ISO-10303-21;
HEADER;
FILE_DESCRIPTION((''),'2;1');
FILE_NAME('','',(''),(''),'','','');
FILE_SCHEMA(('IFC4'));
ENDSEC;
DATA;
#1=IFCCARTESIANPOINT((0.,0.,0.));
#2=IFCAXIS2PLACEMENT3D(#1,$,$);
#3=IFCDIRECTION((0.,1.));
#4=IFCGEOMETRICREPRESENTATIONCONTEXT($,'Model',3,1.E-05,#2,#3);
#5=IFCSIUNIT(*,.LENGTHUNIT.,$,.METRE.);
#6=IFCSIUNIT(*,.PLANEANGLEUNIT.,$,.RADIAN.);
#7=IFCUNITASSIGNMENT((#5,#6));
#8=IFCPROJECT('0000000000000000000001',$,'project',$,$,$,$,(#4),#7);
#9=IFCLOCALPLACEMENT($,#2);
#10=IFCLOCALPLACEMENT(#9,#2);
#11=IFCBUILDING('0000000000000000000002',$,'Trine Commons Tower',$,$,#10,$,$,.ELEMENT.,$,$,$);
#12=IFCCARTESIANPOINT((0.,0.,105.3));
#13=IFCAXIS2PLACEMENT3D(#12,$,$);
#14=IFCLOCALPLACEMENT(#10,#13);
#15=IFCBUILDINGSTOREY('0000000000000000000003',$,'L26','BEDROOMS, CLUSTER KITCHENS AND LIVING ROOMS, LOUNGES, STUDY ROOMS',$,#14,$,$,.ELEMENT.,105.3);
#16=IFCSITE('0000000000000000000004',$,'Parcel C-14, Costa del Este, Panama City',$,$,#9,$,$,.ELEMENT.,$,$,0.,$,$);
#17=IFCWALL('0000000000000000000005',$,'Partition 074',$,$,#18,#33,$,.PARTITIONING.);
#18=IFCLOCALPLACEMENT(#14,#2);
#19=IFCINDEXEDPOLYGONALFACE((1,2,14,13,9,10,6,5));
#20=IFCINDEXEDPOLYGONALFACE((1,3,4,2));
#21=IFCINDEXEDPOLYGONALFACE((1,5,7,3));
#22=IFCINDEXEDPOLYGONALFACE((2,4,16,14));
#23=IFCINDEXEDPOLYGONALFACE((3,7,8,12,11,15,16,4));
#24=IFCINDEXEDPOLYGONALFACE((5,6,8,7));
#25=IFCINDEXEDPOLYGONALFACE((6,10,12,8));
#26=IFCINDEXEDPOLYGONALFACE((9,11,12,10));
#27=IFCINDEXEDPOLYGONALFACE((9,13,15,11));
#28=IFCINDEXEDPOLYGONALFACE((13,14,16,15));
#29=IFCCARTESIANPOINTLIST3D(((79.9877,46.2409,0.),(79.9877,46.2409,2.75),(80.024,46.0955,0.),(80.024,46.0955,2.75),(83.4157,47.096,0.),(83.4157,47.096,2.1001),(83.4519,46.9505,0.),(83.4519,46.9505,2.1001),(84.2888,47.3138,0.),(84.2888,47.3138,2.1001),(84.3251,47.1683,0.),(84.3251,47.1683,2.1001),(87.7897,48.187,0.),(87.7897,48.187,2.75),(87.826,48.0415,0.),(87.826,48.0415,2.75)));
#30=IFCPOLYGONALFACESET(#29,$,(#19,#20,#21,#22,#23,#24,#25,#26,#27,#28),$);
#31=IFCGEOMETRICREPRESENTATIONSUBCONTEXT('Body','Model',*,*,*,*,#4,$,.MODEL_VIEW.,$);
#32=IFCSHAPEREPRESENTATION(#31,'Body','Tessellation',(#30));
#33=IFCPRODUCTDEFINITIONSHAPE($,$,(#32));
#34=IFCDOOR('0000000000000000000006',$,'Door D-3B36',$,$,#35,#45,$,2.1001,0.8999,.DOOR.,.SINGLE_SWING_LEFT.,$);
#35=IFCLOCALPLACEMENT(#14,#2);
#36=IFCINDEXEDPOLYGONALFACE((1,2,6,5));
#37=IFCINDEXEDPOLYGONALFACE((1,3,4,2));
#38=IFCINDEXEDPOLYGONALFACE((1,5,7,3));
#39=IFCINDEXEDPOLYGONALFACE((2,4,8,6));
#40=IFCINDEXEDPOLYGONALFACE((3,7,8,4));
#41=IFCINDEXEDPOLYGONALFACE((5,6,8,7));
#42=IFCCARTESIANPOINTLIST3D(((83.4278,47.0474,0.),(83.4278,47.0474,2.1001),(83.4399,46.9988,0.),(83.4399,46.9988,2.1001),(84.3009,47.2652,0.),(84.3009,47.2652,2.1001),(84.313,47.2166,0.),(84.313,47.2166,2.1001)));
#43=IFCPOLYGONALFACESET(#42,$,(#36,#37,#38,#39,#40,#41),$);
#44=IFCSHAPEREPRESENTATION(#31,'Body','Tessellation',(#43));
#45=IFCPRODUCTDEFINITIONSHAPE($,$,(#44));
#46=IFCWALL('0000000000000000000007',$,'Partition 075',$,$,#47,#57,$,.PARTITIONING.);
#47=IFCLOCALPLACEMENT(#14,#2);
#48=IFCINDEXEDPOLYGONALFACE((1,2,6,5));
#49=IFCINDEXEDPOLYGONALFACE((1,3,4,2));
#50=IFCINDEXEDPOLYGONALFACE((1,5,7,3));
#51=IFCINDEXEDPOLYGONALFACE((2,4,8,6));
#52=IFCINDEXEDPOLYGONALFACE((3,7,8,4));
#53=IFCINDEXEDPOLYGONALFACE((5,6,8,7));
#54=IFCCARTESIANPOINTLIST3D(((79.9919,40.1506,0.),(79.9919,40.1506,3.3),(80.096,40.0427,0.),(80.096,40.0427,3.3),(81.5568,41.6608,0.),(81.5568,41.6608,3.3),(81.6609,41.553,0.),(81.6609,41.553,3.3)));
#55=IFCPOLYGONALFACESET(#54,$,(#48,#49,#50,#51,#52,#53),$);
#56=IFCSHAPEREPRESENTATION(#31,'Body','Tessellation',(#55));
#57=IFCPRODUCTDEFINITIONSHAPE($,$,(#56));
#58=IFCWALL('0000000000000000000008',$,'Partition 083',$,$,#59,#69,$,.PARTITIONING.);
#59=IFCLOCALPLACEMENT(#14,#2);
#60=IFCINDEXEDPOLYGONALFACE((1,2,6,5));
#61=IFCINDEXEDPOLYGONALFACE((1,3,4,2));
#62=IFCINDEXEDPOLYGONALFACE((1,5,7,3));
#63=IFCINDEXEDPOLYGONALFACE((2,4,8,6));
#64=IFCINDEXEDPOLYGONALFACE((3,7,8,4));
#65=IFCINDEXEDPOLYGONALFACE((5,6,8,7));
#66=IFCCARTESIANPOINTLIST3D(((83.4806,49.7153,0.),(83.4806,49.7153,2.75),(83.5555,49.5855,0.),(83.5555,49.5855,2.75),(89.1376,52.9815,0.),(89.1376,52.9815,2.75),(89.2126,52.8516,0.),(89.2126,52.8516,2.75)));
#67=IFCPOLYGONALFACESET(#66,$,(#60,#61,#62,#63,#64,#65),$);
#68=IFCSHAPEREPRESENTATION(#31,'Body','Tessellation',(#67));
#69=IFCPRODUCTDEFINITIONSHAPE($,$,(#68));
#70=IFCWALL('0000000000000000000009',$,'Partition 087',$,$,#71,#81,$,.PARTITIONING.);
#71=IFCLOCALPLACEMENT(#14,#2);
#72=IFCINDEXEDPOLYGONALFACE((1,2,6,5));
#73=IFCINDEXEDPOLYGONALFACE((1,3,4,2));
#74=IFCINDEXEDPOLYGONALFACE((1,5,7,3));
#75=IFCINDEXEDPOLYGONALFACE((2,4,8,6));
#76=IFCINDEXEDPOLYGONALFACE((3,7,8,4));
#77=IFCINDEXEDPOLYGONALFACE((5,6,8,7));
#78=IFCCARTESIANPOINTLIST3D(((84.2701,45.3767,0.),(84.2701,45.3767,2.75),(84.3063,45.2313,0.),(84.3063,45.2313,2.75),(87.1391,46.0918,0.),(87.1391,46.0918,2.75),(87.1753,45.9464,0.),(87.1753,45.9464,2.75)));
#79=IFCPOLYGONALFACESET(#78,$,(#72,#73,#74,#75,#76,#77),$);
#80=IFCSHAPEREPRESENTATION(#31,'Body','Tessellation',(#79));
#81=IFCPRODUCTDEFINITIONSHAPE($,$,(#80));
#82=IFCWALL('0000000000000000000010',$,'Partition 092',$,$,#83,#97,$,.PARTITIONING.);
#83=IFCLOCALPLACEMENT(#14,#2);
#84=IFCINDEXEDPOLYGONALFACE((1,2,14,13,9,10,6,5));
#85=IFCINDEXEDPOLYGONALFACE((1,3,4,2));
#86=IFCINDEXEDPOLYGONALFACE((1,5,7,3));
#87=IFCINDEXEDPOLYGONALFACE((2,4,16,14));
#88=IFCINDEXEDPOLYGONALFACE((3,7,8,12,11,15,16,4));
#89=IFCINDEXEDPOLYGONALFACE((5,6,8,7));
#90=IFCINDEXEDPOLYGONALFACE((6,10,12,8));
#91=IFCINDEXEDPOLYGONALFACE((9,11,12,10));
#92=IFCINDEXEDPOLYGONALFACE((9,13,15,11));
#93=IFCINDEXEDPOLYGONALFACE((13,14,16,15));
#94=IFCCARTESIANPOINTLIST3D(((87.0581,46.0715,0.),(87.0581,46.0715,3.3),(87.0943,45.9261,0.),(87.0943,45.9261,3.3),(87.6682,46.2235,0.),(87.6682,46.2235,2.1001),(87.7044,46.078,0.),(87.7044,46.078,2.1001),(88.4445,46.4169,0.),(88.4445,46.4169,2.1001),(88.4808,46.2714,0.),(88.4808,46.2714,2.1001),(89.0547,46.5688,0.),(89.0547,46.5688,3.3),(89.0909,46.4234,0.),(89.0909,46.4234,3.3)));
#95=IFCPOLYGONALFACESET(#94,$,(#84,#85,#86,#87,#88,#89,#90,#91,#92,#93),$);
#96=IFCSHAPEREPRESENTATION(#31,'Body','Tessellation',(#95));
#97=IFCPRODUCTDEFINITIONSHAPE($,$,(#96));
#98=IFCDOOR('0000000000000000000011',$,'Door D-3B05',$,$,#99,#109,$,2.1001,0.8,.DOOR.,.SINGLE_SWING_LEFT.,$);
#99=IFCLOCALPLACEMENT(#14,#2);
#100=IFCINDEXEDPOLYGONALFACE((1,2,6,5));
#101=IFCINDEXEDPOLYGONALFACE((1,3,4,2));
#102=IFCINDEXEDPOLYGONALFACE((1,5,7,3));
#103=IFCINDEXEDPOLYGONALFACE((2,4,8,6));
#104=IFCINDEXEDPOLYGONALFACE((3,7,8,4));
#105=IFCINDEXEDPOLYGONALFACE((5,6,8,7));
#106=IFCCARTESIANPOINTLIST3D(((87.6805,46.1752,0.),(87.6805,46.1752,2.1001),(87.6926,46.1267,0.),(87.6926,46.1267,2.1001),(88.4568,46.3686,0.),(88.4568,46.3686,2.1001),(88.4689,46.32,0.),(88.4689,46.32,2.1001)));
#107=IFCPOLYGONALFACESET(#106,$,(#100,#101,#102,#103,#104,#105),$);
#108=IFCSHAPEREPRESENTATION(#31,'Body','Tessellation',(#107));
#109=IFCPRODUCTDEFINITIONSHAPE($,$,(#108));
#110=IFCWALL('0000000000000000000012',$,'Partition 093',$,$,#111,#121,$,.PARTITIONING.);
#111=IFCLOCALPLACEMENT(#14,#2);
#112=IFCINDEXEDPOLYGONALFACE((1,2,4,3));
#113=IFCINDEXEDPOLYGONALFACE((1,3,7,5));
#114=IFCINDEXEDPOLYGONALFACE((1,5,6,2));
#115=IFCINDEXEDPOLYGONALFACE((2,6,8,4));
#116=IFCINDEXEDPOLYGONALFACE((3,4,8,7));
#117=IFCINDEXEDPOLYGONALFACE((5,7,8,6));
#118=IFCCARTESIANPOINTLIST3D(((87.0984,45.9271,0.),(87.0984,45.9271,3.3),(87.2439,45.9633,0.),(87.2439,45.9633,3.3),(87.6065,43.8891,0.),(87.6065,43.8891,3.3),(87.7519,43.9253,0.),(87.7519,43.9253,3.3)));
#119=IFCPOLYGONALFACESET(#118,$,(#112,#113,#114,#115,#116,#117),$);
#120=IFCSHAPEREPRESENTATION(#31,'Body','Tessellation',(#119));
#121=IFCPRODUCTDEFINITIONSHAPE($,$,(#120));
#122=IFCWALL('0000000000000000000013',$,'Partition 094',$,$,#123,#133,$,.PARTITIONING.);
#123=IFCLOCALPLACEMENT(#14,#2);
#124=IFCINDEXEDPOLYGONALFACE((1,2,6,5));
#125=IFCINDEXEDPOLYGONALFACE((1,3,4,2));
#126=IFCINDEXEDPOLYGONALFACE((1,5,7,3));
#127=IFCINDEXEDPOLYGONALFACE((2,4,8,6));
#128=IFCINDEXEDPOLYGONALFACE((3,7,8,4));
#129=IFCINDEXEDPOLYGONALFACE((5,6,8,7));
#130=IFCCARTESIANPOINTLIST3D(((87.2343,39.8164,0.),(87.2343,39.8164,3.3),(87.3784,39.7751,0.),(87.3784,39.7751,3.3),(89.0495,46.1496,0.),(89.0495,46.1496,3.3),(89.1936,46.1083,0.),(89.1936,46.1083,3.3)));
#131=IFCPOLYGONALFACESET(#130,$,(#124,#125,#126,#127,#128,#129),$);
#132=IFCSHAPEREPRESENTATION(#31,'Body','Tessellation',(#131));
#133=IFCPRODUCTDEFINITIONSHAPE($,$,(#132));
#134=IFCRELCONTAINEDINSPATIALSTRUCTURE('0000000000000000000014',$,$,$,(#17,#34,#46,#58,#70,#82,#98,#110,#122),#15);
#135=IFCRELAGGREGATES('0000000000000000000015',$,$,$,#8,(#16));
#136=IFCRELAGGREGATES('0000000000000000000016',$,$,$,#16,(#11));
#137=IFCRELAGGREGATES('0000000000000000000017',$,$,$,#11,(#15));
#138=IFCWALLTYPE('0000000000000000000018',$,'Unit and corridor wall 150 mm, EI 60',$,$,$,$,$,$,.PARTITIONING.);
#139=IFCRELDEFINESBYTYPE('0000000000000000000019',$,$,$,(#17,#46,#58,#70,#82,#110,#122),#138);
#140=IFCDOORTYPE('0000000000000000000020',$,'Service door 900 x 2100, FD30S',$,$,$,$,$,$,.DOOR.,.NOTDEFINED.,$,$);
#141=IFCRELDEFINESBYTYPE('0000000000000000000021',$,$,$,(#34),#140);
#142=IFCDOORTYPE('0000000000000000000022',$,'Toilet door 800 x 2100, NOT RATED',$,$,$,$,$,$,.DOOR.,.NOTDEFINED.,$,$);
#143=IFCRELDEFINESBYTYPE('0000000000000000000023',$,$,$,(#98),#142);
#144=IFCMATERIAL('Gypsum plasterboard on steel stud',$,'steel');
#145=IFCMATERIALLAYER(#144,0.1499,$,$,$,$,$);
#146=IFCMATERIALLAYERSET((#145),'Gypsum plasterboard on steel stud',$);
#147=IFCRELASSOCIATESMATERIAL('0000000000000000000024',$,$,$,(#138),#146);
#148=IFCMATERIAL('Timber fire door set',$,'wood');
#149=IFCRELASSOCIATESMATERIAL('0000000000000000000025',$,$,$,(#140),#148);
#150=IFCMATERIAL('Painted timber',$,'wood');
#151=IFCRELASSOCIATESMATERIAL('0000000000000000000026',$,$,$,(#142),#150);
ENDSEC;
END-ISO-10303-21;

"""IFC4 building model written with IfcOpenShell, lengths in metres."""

from ifc_helpers import new_model, si_unit, direction, frame, frame_2d, origin, place, context, subcontext, project, spatial, rectangle, extrude, material, layer, layer_set, type_object, element, fill, save


model = new_model("IFC4")

# Units and contexts
model_context = context("Model", 3, precision=1e-05, world=origin(), true_north=direction((0.0, 1.0)))
body_context = subcontext(model_context, "Body", "Model", "MODEL_VIEW")
ifc_project = project(units=[si_unit("LENGTHUNIT", "METRE"), si_unit("PLANEANGLEUNIT", "RADIAN")], contexts=[model_context])

# Site, building, storey
site_placement = place(None, origin())
site = spatial("IfcSite", under=ifc_project, at=site_placement, Name="Parcel C-14, Costa del Este, Panama City", CompositionType="ELEMENT", RefElevation=0.0)
building_placement = place(site_placement, origin())
building = spatial("IfcBuilding", under=site, at=building_placement, Name="Trine Commons Tower", CompositionType="ELEMENT")
storey_placement = place(building_placement, frame((0.0, 0.0, 105.3)))
storey = spatial("IfcBuildingStorey", under=building, at=storey_placement, Name="L26", Description="BEDROOMS, CLUSTER KITCHENS AND LIVING ROOMS, LOUNGES, STUDY ROOMS", CompositionType="ELEMENT", Elevation=105.3)

# Wall, opening, door
ifc_material_1 = material(Name="Gypsum plasterboard on steel stud", Category="steel")
ifc_layer = layer(ifc_material_1, 0.1499)
ifc_layer_set = layer_set([ifc_layer], Name="Gypsum plasterboard on steel stud")
wall_type = type_object("IfcWallType", Name="Unit and corridor wall 150 mm, EI 60", PredefinedType="PARTITIONING", material=ifc_layer_set)
ifc_material_2 = material(Name="Timber fire door set", Category="wood")
wall_1_placement = place(storey_placement, frame((80.0059, 46.1682, 0.0), z_axis=(0.0, 0.0, 1.0), x_axis=(0.970273, 0.242014, 0.0)))
wall_1 = element("IfcWall", 1, at=wall_1_placement, inside=storey, type_object=wall_type, Name="Partition 074", PredefinedType="PARTITIONING", context=body_context, shape_type="SweptSolid", body=[
    extrude(rectangle(XDim=8.041, YDim=0.1499, at=frame_2d((4.0205, 0.0))), origin(), (0.0, 0.0, 1.0), 2.75),
])
opening_1_placement = place(wall_1_placement, frame((3.533, 0.0, 0.0)))
opening_1 = element("IfcOpeningElement", 2, at=opening_1_placement, cuts=wall_1, PredefinedType="OPENING", context=body_context, shape_type="SweptSolid", body=[
    extrude(rectangle(XDim=0.8999, YDim=2.1001, at=frame_2d((0.45, 1.05))), frame((0.0, 0.085, 0.0), z_axis=(0.0, -1.0, 0.0), x_axis=(1.0, 0.0, 0.0)), (0.0, 0.0, 1.0), 0.1699),
])
door_type_1 = type_object("IfcDoorType", Name="Service door 900 x 2100, FD30S", OperationType="NOTDEFINED", PredefinedType="DOOR", material=ifc_material_2)
door_1_placement = place(opening_1_placement, origin())
door_1 = element("IfcDoor", 3, at=door_1_placement, inside=storey, type_object=door_type_1, Name="Door D-3B36", OperationType="SINGLE_SWING_LEFT", OverallHeight=2.1001, OverallWidth=0.8999, PredefinedType="DOOR", context=body_context, shape_type="SweptSolid", body=[
    extrude(rectangle(XDim=0.8999, YDim=2.1001, at=frame_2d((0.45, 1.05))), frame((0.0, 0.0249, 0.0), z_axis=(0.0, -1.0, 0.0), x_axis=(1.0, 0.0, 0.0)), (0.0, 0.0, 1.0), 0.05),
])
fill(opening_1, door_1)

# Walls
wall_2_placement = place(storey_placement, frame((80.0439, 40.0967, 0.0), z_axis=(0.0, 0.0, 1.0), x_axis=(0.719568, 0.694422, 0.0)))
element("IfcWall", 4, at=wall_2_placement, inside=storey, type_object=wall_type, Name="Partition 075", PredefinedType="PARTITIONING", context=body_context, shape_type="SweptSolid", body=[
    extrude(rectangle(XDim=2.1748, YDim=0.1499, at=frame_2d((1.0874, 0.0))), origin(), (0.0, 0.0, 1.0), 3.3),
])
wall_3_placement = place(storey_placement, frame((83.5181, 49.6504, 0.0), z_axis=(0.0, 0.0, 1.0), x_axis=(0.866022, 0.500006, 0.0)))
element("IfcWall", 5, at=wall_3_placement, inside=storey, type_object=wall_type, Name="Partition 083", PredefinedType="PARTITIONING", context=body_context, shape_type="SweptSolid", body=[
    extrude(rectangle(XDim=6.5322, YDim=0.1499, at=frame_2d((3.2661, 0.0))), origin(), (0.0, 0.0, 1.0), 2.75),
])
wall_4_placement = place(storey_placement, frame((84.2881, 45.304, 0.0), z_axis=(0.0, 0.0, 1.0), x_axis=(0.970312, 0.241856, 0.0)))
element("IfcWall", 6, at=wall_4_placement, inside=storey, type_object=wall_type, Name="Partition 087", PredefinedType="PARTITIONING", context=body_context, shape_type="SweptSolid", body=[
    extrude(rectangle(XDim=2.9568, YDim=0.1499, at=frame_2d((1.4785, 0.0))), origin(), (0.0, 0.0, 1.0), 2.75),
])

# Wall, opening, door
wall_5_placement = place(storey_placement, frame((87.0762, 45.9988, 0.0), z_axis=(0.0, 0.0, 1.0), x_axis=(0.970352, 0.241698, 0.0)))
wall_5 = element("IfcWall", 7, at=wall_5_placement, inside=storey, type_object=wall_type, Name="Partition 092", PredefinedType="PARTITIONING", context=body_context, shape_type="SweptSolid", body=[
    extrude(rectangle(XDim=2.0576, YDim=0.1499, at=frame_2d((1.0288, 0.0))), origin(), (0.0, 0.0, 1.0), 3.3),
])
opening_2_placement = place(wall_5_placement, frame((0.6289, 0.0, 0.0)))
opening_2 = element("IfcOpeningElement", 8, at=opening_2_placement, cuts=wall_5, PredefinedType="OPENING", context=body_context, shape_type="SweptSolid", body=[
    extrude(rectangle(XDim=0.8, YDim=2.1001, at=frame_2d((0.3999, 1.05))), frame((0.0, 0.085, 0.0), z_axis=(0.0, -1.0, 0.0), x_axis=(1.0, 0.0, 0.0)), (0.0, 0.0, 1.0), 0.1699),
])
ifc_material_3 = material(Name="Painted timber", Category="wood")
door_type_2 = type_object("IfcDoorType", Name="Toilet door 800 x 2100, NOT RATED", OperationType="NOTDEFINED", PredefinedType="DOOR", material=ifc_material_3)
door_2_placement = place(opening_2_placement, frame((0.8, 0.0, 0.0), z_axis=(0.0, 0.0, 1.0), x_axis=(-1.0, 0.0, 0.0)))
door_2 = element("IfcDoor", 9, at=door_2_placement, inside=storey, type_object=door_type_2, Name="Door D-3B05", OperationType="SINGLE_SWING_LEFT", OverallHeight=2.1001, OverallWidth=0.8, PredefinedType="DOOR", context=body_context, shape_type="SweptSolid", body=[
    extrude(rectangle(XDim=0.8, YDim=2.1001, at=frame_2d((0.3999, 1.05))), frame((0.0, 0.0249, 0.0), z_axis=(0.0, -1.0, 0.0), x_axis=(1.0, 0.0, 0.0)), (0.0, 0.0, 1.0), 0.05),
])
fill(opening_2, door_2)

# Walls
wall_6_placement = place(storey_placement, frame((87.1711, 45.9453, 0.0), z_axis=(0.0, 0.0, 1.0), x_axis=(0.241879, -0.970306, 0.0)))
element("IfcWall", 10, at=wall_6_placement, inside=storey, type_object=wall_type, Name="Partition 093", PredefinedType="PARTITIONING", context=body_context, shape_type="SweptSolid", body=[
    extrude(rectangle(XDim=2.1003, YDim=0.1499, at=frame_2d((1.0503, 0.0))), origin(), (0.0, 0.0, 1.0), 3.3),
])
wall_7_placement = place(storey_placement, frame((87.3064, 39.7959, 0.0), z_axis=(0.0, 0.0, 1.0), x_axis=(0.275519, 0.961296, 0.0)))
element("IfcWall", 11, at=wall_7_placement, inside=storey, type_object=wall_type, Name="Partition 094", PredefinedType="PARTITIONING", context=body_context, shape_type="SweptSolid", body=[
    extrude(rectangle(XDim=6.5881, YDim=0.1499, at=frame_2d((3.2939, 0.0))), origin(), (0.0, 0.0, 1.0), 3.3),
])

save(model, "model.ifc")
